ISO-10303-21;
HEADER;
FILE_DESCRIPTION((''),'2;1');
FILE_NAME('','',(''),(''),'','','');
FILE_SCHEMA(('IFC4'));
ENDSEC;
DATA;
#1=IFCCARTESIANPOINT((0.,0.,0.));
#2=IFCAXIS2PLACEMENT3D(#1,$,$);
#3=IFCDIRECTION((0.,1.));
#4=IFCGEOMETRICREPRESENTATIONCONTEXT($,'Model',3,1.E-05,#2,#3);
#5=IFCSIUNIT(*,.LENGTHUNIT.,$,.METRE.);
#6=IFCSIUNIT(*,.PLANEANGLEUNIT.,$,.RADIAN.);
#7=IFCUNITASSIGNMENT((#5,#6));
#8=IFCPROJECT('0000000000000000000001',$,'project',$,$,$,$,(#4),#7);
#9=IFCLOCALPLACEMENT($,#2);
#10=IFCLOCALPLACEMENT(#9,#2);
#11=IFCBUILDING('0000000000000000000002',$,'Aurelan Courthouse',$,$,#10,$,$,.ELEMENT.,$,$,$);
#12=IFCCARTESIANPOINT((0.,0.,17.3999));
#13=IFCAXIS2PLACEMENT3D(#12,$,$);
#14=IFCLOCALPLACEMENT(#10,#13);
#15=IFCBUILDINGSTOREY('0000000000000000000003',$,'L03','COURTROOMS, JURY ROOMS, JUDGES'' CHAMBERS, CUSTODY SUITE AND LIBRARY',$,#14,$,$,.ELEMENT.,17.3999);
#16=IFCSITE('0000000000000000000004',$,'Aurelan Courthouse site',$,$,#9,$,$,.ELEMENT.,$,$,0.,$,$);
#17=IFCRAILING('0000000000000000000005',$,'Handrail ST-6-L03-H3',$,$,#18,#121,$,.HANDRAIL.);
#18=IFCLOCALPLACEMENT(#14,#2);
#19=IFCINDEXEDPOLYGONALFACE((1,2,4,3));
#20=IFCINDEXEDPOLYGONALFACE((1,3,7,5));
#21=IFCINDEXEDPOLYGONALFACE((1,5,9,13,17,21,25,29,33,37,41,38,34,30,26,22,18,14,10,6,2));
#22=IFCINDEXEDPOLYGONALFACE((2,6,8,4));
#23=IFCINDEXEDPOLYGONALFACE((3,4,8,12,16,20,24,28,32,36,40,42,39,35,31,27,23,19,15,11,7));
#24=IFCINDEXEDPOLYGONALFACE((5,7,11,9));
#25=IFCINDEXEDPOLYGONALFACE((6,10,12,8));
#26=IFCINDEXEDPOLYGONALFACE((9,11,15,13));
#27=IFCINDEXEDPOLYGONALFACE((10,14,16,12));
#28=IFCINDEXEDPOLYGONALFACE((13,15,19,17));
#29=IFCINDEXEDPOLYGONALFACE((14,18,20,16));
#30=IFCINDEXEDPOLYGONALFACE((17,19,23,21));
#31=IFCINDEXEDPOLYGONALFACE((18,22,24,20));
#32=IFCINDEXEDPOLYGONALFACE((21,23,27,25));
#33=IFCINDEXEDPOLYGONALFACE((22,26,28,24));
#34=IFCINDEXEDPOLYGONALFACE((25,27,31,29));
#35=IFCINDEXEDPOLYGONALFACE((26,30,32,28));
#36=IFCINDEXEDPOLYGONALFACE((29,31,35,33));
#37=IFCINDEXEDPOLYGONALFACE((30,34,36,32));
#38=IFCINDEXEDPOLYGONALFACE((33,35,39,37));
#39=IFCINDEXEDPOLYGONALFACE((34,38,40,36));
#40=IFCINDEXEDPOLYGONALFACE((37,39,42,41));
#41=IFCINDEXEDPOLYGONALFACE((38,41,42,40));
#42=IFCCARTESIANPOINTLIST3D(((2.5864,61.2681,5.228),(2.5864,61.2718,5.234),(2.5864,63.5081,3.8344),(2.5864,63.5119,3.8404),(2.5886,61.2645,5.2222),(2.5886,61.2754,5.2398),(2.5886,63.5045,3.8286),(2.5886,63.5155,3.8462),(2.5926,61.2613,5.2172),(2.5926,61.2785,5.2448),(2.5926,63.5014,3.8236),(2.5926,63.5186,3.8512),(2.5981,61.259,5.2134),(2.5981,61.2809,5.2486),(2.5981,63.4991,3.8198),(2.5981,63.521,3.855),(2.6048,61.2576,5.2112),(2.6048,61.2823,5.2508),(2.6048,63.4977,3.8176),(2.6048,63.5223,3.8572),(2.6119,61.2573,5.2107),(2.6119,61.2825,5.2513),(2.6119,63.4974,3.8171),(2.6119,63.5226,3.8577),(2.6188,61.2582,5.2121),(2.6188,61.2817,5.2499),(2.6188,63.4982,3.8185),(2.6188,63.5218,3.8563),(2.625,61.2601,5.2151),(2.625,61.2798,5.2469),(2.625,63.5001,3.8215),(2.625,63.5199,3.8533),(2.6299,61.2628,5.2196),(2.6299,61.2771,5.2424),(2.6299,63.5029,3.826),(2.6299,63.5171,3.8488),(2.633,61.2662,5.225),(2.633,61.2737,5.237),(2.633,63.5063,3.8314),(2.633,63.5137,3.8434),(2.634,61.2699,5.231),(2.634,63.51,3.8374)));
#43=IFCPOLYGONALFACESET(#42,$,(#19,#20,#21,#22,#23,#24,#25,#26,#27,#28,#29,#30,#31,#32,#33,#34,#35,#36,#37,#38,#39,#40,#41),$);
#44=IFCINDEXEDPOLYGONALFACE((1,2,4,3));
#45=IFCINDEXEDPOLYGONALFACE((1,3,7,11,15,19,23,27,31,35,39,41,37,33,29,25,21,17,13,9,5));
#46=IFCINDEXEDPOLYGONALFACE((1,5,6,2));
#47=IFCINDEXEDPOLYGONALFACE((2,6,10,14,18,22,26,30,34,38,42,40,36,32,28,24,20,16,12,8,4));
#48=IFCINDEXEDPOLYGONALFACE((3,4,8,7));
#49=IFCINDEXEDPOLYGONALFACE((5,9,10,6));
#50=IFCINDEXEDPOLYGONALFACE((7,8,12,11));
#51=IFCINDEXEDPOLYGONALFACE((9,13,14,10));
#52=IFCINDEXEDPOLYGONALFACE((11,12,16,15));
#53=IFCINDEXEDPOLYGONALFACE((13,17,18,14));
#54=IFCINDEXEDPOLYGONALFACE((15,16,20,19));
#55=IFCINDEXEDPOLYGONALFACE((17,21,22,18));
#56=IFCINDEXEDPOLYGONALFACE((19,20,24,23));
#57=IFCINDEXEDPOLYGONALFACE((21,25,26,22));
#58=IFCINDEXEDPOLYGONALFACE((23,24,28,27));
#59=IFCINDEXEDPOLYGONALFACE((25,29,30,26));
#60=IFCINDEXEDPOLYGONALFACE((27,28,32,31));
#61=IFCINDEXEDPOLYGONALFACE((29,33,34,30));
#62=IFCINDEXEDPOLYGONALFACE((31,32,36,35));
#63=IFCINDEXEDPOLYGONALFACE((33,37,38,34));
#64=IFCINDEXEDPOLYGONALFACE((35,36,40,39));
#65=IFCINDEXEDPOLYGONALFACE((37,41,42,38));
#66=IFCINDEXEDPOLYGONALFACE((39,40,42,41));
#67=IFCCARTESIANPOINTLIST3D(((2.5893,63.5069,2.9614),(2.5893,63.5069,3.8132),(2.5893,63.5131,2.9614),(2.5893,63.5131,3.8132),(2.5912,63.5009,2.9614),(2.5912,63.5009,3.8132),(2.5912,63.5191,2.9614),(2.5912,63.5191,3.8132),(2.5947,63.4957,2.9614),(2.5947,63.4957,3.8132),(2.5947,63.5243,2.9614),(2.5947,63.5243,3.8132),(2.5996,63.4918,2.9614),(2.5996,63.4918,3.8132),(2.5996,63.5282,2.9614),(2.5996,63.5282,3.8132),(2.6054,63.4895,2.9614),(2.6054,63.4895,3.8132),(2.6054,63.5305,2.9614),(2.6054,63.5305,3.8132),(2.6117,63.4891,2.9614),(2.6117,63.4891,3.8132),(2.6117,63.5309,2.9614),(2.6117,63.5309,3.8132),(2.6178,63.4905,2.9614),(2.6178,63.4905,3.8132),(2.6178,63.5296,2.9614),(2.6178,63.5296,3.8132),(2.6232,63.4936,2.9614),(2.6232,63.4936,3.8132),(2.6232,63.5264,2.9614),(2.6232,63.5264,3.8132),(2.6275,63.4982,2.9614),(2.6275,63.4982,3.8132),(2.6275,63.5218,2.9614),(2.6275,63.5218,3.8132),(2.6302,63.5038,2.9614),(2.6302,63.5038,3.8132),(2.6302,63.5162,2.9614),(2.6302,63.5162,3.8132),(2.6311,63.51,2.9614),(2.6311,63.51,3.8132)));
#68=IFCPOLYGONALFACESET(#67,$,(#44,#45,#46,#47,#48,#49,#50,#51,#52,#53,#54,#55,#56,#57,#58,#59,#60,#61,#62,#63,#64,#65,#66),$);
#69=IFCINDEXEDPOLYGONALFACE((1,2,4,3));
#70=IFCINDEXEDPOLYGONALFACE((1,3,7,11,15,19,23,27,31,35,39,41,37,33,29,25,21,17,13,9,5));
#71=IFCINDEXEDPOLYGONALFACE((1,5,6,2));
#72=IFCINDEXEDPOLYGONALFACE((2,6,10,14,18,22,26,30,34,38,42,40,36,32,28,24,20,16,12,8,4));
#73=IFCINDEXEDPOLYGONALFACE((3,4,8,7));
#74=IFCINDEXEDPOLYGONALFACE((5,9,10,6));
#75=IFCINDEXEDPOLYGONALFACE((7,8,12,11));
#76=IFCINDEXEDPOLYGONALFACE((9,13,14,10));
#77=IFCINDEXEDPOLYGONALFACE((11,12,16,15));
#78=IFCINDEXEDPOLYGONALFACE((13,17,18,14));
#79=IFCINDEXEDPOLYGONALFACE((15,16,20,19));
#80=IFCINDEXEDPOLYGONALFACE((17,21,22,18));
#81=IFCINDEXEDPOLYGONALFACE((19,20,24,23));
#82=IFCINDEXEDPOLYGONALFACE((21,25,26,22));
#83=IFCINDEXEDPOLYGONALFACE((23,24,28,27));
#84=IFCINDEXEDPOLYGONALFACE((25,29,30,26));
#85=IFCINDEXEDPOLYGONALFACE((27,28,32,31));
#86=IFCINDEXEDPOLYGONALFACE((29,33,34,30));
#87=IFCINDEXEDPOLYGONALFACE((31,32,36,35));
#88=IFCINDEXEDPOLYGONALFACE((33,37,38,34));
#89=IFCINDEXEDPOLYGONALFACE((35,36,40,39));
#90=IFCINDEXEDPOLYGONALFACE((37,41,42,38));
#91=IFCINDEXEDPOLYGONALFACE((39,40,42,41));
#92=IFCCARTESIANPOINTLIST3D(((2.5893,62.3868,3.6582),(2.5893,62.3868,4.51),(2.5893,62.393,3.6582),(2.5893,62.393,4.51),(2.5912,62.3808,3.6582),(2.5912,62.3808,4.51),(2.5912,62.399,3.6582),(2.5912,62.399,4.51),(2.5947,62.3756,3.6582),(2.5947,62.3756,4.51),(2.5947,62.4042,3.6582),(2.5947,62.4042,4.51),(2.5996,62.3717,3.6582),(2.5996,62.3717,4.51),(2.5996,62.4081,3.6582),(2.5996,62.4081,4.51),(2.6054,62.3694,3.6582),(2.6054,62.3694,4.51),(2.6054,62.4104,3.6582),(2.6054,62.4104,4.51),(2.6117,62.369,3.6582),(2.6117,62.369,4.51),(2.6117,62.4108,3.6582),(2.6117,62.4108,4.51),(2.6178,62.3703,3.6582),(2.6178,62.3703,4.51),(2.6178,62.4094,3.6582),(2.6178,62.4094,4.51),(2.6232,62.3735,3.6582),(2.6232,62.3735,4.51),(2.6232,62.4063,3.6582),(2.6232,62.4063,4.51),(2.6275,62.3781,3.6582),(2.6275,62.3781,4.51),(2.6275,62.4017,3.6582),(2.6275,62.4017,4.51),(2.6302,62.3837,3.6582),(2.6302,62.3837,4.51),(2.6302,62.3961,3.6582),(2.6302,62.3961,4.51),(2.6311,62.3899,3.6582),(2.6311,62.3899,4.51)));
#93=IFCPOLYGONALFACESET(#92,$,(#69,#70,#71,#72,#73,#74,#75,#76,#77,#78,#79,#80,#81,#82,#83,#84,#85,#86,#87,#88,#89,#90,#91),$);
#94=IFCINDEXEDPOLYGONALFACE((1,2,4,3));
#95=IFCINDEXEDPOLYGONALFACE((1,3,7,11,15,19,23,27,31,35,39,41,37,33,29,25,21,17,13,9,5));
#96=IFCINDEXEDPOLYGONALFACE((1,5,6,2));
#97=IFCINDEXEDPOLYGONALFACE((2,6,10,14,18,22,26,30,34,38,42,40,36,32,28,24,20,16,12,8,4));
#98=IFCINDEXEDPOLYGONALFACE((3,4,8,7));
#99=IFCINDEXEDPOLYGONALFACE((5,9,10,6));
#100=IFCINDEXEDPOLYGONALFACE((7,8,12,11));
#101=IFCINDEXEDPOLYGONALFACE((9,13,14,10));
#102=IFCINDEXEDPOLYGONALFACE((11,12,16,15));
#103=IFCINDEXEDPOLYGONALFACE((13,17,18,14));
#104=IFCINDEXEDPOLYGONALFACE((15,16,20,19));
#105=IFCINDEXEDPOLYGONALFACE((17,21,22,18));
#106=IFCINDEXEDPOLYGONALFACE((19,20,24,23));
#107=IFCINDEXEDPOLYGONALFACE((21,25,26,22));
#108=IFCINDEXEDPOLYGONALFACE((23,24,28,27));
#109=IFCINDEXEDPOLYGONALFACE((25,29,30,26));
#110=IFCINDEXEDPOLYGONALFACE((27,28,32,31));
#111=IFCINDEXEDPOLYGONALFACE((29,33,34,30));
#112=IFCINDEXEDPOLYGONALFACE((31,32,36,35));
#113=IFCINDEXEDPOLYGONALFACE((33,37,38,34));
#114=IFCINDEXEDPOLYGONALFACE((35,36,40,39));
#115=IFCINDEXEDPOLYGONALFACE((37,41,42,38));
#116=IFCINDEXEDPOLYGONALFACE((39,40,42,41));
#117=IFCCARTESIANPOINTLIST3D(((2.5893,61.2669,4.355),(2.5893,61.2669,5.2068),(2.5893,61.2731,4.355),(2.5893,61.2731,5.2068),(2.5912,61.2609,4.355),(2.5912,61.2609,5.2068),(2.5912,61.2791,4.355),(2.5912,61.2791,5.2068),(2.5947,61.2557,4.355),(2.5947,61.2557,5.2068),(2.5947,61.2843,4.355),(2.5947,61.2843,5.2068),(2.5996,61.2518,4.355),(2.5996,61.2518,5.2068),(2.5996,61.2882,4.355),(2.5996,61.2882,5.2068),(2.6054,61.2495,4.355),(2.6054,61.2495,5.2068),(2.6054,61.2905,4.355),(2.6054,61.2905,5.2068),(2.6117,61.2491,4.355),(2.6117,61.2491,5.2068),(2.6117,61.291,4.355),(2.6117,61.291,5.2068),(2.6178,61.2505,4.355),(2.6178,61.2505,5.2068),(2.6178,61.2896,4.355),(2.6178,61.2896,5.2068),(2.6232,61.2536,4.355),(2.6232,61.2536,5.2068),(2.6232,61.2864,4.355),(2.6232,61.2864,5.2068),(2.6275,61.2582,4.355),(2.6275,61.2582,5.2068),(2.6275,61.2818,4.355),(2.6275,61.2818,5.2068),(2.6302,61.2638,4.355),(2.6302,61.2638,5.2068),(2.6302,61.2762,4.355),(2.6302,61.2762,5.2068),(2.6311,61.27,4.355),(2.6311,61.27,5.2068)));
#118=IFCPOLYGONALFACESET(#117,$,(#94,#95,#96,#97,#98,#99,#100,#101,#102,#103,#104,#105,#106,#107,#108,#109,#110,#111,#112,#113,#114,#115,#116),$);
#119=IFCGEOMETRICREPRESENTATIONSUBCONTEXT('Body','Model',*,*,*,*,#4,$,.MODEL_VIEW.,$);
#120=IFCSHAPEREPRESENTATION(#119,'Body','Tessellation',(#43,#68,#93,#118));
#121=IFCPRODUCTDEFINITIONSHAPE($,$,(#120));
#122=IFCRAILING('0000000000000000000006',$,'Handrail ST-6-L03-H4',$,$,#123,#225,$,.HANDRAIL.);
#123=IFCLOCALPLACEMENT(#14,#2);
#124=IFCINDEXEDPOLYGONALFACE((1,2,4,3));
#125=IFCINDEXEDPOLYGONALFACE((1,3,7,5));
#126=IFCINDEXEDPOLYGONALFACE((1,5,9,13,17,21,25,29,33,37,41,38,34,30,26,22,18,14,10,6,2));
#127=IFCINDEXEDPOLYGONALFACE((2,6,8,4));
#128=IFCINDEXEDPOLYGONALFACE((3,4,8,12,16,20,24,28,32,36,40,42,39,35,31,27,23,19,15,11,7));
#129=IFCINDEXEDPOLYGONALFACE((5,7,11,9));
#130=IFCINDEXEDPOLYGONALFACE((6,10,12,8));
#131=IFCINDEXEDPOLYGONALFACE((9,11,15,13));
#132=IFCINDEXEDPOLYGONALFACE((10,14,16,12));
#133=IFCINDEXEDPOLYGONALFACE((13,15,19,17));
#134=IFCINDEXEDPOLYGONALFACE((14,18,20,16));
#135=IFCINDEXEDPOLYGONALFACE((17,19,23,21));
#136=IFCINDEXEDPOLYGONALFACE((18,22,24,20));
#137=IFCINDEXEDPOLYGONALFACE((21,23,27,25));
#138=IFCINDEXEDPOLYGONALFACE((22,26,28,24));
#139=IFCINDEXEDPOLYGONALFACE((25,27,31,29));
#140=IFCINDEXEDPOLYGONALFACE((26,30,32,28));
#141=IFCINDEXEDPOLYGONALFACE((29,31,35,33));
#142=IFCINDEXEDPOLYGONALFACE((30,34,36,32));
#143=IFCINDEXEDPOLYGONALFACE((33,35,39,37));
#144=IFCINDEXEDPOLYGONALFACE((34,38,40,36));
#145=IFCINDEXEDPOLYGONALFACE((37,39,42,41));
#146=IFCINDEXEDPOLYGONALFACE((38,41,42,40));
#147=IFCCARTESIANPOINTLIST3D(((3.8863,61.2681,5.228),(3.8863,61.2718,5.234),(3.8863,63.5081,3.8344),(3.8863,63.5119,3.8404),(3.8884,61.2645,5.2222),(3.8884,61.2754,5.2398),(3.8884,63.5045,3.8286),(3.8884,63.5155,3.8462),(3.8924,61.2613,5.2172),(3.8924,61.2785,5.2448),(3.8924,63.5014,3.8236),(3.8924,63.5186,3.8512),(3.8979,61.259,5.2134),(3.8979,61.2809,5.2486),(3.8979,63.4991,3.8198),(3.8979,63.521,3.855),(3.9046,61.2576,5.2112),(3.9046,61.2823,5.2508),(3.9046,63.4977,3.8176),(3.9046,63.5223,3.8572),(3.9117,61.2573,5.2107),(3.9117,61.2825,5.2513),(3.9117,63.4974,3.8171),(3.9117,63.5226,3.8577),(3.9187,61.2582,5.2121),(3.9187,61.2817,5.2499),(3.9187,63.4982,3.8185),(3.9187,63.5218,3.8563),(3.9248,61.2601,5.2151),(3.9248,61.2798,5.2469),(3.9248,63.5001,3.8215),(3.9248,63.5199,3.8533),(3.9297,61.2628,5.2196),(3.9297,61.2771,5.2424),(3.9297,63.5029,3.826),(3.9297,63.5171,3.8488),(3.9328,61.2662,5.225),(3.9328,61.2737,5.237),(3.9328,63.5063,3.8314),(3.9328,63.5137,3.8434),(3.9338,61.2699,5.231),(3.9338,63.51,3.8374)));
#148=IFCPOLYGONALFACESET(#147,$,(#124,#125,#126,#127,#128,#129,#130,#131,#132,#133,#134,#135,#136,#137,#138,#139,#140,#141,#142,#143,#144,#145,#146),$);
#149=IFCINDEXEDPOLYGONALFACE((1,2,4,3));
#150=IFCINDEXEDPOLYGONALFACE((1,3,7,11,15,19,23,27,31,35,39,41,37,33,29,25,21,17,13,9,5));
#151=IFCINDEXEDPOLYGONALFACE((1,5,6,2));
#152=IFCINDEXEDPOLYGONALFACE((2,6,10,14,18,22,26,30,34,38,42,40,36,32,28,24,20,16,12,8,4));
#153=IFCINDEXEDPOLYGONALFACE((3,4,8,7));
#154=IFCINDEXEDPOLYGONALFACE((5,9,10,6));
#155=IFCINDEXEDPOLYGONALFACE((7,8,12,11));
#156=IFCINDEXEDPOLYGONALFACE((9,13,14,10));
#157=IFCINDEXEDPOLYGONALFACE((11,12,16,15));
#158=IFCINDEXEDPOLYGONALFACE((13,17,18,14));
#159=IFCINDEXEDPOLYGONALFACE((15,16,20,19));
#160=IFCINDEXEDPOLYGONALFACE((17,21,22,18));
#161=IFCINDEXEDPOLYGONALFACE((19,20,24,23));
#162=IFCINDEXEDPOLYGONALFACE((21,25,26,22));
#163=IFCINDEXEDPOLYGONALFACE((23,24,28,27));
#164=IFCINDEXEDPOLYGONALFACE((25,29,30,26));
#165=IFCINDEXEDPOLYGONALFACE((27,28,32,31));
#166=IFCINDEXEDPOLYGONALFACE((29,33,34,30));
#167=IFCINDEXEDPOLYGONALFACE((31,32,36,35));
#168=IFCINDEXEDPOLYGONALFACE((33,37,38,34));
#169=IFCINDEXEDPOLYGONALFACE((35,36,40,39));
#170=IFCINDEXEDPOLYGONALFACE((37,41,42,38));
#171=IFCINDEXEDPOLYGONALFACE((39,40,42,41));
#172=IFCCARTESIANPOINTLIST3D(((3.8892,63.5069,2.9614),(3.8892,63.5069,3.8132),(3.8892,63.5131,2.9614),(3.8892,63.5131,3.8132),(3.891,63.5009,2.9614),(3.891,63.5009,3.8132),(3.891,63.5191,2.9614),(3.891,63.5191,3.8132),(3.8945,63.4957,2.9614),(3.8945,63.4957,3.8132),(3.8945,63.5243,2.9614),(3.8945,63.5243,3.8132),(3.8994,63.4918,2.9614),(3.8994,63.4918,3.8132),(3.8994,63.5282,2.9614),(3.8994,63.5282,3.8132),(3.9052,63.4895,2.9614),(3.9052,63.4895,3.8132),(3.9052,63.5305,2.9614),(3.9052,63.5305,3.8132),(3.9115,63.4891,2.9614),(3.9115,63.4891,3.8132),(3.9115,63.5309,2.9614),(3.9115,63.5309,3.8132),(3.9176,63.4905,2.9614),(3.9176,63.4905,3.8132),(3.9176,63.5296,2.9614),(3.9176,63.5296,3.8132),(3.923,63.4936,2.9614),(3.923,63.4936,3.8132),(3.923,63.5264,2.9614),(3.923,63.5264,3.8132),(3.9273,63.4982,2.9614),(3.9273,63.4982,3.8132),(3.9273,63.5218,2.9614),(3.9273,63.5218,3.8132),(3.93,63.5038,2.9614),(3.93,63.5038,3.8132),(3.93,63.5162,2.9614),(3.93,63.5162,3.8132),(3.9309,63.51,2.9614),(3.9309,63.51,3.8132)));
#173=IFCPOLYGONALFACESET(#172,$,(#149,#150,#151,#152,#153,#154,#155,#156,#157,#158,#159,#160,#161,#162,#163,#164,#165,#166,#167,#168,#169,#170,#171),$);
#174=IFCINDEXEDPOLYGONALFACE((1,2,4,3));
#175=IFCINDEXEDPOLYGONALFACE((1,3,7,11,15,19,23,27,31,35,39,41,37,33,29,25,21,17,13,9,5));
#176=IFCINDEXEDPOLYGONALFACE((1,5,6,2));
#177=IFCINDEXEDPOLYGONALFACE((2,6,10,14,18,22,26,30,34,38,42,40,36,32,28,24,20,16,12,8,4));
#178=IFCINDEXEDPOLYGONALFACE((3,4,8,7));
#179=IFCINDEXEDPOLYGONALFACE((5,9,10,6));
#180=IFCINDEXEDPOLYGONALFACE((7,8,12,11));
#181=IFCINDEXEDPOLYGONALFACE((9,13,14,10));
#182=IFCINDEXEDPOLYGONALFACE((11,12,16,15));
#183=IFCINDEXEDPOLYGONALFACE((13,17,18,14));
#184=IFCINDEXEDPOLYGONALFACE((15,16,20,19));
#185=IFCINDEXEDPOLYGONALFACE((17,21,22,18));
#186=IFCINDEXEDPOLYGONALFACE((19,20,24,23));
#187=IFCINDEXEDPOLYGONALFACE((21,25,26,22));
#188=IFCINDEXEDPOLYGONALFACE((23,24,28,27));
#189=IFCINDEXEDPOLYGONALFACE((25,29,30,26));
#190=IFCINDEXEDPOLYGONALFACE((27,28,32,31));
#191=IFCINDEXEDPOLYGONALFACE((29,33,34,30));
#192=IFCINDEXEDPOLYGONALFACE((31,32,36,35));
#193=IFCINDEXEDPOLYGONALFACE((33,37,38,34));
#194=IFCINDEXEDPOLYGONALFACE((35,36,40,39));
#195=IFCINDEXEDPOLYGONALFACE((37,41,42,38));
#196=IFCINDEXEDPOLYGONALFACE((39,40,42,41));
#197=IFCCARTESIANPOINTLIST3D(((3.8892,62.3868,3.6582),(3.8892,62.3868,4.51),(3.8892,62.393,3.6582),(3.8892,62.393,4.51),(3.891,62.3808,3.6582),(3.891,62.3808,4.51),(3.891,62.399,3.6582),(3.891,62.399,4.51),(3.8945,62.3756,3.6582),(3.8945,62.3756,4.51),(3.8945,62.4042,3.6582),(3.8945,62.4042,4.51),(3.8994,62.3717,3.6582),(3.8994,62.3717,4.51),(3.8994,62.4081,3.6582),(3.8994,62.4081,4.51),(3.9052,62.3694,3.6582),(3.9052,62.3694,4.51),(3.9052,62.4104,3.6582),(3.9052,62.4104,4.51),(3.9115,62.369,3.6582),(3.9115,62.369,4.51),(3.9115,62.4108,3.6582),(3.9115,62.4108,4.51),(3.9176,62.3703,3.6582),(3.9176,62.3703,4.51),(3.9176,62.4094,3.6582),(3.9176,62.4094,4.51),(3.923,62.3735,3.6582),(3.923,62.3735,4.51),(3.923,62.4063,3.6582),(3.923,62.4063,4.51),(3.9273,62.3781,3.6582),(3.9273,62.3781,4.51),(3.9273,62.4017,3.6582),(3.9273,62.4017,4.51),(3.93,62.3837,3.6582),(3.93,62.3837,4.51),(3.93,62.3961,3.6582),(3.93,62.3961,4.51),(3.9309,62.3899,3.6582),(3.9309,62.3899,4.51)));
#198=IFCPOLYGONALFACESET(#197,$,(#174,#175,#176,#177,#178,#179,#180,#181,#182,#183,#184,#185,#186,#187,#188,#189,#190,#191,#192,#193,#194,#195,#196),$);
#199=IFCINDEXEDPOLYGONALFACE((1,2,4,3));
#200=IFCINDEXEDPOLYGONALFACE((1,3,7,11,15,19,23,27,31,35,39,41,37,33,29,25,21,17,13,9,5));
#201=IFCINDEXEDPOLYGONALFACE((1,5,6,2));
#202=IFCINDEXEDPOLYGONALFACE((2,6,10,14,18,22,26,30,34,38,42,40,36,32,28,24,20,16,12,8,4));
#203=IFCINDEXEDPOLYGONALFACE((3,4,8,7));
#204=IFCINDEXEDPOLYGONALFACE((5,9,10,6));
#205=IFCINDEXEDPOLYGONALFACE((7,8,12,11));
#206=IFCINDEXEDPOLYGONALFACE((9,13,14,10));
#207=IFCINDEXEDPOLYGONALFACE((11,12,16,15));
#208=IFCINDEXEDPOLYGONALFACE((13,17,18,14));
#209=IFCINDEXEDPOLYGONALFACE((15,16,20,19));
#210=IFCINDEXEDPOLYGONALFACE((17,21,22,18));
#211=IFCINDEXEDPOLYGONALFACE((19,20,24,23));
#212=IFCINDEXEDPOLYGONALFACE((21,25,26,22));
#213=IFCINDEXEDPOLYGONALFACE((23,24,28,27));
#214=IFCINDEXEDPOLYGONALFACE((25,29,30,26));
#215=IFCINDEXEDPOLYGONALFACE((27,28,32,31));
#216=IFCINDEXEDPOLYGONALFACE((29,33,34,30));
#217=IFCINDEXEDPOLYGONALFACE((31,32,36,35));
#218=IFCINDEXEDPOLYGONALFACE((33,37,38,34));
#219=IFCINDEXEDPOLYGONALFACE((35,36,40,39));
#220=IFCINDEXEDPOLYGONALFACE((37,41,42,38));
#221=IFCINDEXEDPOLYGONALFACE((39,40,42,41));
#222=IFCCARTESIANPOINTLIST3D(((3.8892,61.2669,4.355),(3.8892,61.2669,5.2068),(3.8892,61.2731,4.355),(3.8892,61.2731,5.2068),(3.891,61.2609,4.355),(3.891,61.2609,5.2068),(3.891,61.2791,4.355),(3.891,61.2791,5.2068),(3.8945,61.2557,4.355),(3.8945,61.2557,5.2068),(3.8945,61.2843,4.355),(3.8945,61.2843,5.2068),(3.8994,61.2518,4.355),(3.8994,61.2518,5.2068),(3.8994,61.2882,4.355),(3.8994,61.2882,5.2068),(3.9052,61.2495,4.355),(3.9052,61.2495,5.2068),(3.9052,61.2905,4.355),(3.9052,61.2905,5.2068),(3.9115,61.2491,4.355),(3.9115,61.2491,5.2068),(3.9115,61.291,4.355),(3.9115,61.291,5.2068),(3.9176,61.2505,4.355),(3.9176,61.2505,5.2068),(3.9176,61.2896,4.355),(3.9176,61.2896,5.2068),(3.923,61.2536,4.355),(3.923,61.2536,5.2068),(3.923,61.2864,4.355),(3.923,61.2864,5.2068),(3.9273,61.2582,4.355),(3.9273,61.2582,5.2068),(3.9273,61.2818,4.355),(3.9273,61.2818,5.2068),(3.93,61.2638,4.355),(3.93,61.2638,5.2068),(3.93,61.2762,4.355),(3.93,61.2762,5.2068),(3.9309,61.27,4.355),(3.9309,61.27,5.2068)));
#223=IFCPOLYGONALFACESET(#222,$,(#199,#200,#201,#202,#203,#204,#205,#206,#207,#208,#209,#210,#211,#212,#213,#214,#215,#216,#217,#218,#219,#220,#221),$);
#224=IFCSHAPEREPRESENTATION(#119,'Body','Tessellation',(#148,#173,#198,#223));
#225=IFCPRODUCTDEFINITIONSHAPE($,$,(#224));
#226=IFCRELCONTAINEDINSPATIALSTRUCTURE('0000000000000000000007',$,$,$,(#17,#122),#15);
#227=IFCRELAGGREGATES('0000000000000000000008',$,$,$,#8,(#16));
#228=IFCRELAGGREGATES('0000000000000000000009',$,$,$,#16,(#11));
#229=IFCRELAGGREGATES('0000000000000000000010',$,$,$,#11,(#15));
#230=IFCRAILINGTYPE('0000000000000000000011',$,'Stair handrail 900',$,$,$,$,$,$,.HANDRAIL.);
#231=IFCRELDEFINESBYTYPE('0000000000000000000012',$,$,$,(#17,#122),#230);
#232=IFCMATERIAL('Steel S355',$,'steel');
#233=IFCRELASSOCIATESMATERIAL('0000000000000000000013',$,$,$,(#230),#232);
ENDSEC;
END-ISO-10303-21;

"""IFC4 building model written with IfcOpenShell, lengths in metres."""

from ifc_helpers import new_model, si_unit, direction, frame, origin, origin_2d, place, context, subcontext, project, spatial, circle, extrude, material, type_object, element, save


model = new_model("IFC4")

# Units and contexts
model_context = context("Model", 3, precision=1e-05, world=origin(), true_north=direction((0.0, 1.0)))
body_context = subcontext(model_context, "Body", "Model", "MODEL_VIEW")
ifc_project = project(units=[si_unit("LENGTHUNIT", "METRE"), si_unit("PLANEANGLEUNIT", "RADIAN")], contexts=[model_context])

# Site, building, storey
site_placement = place(None, origin())
site = spatial("IfcSite", under=ifc_project, at=site_placement, Name="Aurelan Courthouse site", CompositionType="ELEMENT", RefElevation=0.0)
building_placement = place(site_placement, origin())
building = spatial("IfcBuilding", under=site, at=building_placement, Name="Aurelan Courthouse", CompositionType="ELEMENT")
storey_placement = place(building_placement, frame((0.0, 0.0, 17.3999)))
storey = spatial("IfcBuildingStorey", under=building, at=storey_placement, Name="L03", Description="COURTROOMS, JURY ROOMS, JUDGES' CHAMBERS, CUSTODY SUITE AND LIBRARY", CompositionType="ELEMENT", Elevation=17.3999)

# Shared definitions
ifc_material_1 = material(Name="Steel S355", Category="steel")

# Railings
railing_type_1 = type_object("IfcRailingType", Name="Stair handrail 900", PredefinedType="HANDRAIL", material=ifc_material_1)
for number, where, name in (
    (1, (2.6101, 63.51, 2.9614), "Handrail ST-6-L03-H3"),
    (2, (3.9099, 63.51, 2.9614), "Handrail ST-6-L03-H4"),
):
    element("IfcRailing", number, at=place(storey_placement, frame(where)), inside=storey, type_object=railing_type_1, Name=name, PredefinedType="HANDRAIL", context=body_context, shape_type="SweptSolid", body=[
        extrude(circle(Radius=0.0239, at=origin_2d()), frame((0.0, 0.0, 0.876), z_axis=(0.0, -0.849094, 0.528243), x_axis=(1.0, 0.0, 0.0)), (0.0, 0.0, 1.0), 2.6382),
        extrude(circle(Radius=0.021, at=origin_2d()), origin(), (0.0, 0.0, 1.0), 0.8518),
        extrude(circle(Radius=0.021, at=origin_2d()), frame((0.0, -1.1201, 0.6968)), (0.0, 0.0, 1.0), 0.8518),
        extrude(circle(Radius=0.021, at=origin_2d()), frame((0.0, -2.24, 1.3936)), (0.0, 0.0, 1.0), 0.8518),
    ])

save(model, "model.ifc")
